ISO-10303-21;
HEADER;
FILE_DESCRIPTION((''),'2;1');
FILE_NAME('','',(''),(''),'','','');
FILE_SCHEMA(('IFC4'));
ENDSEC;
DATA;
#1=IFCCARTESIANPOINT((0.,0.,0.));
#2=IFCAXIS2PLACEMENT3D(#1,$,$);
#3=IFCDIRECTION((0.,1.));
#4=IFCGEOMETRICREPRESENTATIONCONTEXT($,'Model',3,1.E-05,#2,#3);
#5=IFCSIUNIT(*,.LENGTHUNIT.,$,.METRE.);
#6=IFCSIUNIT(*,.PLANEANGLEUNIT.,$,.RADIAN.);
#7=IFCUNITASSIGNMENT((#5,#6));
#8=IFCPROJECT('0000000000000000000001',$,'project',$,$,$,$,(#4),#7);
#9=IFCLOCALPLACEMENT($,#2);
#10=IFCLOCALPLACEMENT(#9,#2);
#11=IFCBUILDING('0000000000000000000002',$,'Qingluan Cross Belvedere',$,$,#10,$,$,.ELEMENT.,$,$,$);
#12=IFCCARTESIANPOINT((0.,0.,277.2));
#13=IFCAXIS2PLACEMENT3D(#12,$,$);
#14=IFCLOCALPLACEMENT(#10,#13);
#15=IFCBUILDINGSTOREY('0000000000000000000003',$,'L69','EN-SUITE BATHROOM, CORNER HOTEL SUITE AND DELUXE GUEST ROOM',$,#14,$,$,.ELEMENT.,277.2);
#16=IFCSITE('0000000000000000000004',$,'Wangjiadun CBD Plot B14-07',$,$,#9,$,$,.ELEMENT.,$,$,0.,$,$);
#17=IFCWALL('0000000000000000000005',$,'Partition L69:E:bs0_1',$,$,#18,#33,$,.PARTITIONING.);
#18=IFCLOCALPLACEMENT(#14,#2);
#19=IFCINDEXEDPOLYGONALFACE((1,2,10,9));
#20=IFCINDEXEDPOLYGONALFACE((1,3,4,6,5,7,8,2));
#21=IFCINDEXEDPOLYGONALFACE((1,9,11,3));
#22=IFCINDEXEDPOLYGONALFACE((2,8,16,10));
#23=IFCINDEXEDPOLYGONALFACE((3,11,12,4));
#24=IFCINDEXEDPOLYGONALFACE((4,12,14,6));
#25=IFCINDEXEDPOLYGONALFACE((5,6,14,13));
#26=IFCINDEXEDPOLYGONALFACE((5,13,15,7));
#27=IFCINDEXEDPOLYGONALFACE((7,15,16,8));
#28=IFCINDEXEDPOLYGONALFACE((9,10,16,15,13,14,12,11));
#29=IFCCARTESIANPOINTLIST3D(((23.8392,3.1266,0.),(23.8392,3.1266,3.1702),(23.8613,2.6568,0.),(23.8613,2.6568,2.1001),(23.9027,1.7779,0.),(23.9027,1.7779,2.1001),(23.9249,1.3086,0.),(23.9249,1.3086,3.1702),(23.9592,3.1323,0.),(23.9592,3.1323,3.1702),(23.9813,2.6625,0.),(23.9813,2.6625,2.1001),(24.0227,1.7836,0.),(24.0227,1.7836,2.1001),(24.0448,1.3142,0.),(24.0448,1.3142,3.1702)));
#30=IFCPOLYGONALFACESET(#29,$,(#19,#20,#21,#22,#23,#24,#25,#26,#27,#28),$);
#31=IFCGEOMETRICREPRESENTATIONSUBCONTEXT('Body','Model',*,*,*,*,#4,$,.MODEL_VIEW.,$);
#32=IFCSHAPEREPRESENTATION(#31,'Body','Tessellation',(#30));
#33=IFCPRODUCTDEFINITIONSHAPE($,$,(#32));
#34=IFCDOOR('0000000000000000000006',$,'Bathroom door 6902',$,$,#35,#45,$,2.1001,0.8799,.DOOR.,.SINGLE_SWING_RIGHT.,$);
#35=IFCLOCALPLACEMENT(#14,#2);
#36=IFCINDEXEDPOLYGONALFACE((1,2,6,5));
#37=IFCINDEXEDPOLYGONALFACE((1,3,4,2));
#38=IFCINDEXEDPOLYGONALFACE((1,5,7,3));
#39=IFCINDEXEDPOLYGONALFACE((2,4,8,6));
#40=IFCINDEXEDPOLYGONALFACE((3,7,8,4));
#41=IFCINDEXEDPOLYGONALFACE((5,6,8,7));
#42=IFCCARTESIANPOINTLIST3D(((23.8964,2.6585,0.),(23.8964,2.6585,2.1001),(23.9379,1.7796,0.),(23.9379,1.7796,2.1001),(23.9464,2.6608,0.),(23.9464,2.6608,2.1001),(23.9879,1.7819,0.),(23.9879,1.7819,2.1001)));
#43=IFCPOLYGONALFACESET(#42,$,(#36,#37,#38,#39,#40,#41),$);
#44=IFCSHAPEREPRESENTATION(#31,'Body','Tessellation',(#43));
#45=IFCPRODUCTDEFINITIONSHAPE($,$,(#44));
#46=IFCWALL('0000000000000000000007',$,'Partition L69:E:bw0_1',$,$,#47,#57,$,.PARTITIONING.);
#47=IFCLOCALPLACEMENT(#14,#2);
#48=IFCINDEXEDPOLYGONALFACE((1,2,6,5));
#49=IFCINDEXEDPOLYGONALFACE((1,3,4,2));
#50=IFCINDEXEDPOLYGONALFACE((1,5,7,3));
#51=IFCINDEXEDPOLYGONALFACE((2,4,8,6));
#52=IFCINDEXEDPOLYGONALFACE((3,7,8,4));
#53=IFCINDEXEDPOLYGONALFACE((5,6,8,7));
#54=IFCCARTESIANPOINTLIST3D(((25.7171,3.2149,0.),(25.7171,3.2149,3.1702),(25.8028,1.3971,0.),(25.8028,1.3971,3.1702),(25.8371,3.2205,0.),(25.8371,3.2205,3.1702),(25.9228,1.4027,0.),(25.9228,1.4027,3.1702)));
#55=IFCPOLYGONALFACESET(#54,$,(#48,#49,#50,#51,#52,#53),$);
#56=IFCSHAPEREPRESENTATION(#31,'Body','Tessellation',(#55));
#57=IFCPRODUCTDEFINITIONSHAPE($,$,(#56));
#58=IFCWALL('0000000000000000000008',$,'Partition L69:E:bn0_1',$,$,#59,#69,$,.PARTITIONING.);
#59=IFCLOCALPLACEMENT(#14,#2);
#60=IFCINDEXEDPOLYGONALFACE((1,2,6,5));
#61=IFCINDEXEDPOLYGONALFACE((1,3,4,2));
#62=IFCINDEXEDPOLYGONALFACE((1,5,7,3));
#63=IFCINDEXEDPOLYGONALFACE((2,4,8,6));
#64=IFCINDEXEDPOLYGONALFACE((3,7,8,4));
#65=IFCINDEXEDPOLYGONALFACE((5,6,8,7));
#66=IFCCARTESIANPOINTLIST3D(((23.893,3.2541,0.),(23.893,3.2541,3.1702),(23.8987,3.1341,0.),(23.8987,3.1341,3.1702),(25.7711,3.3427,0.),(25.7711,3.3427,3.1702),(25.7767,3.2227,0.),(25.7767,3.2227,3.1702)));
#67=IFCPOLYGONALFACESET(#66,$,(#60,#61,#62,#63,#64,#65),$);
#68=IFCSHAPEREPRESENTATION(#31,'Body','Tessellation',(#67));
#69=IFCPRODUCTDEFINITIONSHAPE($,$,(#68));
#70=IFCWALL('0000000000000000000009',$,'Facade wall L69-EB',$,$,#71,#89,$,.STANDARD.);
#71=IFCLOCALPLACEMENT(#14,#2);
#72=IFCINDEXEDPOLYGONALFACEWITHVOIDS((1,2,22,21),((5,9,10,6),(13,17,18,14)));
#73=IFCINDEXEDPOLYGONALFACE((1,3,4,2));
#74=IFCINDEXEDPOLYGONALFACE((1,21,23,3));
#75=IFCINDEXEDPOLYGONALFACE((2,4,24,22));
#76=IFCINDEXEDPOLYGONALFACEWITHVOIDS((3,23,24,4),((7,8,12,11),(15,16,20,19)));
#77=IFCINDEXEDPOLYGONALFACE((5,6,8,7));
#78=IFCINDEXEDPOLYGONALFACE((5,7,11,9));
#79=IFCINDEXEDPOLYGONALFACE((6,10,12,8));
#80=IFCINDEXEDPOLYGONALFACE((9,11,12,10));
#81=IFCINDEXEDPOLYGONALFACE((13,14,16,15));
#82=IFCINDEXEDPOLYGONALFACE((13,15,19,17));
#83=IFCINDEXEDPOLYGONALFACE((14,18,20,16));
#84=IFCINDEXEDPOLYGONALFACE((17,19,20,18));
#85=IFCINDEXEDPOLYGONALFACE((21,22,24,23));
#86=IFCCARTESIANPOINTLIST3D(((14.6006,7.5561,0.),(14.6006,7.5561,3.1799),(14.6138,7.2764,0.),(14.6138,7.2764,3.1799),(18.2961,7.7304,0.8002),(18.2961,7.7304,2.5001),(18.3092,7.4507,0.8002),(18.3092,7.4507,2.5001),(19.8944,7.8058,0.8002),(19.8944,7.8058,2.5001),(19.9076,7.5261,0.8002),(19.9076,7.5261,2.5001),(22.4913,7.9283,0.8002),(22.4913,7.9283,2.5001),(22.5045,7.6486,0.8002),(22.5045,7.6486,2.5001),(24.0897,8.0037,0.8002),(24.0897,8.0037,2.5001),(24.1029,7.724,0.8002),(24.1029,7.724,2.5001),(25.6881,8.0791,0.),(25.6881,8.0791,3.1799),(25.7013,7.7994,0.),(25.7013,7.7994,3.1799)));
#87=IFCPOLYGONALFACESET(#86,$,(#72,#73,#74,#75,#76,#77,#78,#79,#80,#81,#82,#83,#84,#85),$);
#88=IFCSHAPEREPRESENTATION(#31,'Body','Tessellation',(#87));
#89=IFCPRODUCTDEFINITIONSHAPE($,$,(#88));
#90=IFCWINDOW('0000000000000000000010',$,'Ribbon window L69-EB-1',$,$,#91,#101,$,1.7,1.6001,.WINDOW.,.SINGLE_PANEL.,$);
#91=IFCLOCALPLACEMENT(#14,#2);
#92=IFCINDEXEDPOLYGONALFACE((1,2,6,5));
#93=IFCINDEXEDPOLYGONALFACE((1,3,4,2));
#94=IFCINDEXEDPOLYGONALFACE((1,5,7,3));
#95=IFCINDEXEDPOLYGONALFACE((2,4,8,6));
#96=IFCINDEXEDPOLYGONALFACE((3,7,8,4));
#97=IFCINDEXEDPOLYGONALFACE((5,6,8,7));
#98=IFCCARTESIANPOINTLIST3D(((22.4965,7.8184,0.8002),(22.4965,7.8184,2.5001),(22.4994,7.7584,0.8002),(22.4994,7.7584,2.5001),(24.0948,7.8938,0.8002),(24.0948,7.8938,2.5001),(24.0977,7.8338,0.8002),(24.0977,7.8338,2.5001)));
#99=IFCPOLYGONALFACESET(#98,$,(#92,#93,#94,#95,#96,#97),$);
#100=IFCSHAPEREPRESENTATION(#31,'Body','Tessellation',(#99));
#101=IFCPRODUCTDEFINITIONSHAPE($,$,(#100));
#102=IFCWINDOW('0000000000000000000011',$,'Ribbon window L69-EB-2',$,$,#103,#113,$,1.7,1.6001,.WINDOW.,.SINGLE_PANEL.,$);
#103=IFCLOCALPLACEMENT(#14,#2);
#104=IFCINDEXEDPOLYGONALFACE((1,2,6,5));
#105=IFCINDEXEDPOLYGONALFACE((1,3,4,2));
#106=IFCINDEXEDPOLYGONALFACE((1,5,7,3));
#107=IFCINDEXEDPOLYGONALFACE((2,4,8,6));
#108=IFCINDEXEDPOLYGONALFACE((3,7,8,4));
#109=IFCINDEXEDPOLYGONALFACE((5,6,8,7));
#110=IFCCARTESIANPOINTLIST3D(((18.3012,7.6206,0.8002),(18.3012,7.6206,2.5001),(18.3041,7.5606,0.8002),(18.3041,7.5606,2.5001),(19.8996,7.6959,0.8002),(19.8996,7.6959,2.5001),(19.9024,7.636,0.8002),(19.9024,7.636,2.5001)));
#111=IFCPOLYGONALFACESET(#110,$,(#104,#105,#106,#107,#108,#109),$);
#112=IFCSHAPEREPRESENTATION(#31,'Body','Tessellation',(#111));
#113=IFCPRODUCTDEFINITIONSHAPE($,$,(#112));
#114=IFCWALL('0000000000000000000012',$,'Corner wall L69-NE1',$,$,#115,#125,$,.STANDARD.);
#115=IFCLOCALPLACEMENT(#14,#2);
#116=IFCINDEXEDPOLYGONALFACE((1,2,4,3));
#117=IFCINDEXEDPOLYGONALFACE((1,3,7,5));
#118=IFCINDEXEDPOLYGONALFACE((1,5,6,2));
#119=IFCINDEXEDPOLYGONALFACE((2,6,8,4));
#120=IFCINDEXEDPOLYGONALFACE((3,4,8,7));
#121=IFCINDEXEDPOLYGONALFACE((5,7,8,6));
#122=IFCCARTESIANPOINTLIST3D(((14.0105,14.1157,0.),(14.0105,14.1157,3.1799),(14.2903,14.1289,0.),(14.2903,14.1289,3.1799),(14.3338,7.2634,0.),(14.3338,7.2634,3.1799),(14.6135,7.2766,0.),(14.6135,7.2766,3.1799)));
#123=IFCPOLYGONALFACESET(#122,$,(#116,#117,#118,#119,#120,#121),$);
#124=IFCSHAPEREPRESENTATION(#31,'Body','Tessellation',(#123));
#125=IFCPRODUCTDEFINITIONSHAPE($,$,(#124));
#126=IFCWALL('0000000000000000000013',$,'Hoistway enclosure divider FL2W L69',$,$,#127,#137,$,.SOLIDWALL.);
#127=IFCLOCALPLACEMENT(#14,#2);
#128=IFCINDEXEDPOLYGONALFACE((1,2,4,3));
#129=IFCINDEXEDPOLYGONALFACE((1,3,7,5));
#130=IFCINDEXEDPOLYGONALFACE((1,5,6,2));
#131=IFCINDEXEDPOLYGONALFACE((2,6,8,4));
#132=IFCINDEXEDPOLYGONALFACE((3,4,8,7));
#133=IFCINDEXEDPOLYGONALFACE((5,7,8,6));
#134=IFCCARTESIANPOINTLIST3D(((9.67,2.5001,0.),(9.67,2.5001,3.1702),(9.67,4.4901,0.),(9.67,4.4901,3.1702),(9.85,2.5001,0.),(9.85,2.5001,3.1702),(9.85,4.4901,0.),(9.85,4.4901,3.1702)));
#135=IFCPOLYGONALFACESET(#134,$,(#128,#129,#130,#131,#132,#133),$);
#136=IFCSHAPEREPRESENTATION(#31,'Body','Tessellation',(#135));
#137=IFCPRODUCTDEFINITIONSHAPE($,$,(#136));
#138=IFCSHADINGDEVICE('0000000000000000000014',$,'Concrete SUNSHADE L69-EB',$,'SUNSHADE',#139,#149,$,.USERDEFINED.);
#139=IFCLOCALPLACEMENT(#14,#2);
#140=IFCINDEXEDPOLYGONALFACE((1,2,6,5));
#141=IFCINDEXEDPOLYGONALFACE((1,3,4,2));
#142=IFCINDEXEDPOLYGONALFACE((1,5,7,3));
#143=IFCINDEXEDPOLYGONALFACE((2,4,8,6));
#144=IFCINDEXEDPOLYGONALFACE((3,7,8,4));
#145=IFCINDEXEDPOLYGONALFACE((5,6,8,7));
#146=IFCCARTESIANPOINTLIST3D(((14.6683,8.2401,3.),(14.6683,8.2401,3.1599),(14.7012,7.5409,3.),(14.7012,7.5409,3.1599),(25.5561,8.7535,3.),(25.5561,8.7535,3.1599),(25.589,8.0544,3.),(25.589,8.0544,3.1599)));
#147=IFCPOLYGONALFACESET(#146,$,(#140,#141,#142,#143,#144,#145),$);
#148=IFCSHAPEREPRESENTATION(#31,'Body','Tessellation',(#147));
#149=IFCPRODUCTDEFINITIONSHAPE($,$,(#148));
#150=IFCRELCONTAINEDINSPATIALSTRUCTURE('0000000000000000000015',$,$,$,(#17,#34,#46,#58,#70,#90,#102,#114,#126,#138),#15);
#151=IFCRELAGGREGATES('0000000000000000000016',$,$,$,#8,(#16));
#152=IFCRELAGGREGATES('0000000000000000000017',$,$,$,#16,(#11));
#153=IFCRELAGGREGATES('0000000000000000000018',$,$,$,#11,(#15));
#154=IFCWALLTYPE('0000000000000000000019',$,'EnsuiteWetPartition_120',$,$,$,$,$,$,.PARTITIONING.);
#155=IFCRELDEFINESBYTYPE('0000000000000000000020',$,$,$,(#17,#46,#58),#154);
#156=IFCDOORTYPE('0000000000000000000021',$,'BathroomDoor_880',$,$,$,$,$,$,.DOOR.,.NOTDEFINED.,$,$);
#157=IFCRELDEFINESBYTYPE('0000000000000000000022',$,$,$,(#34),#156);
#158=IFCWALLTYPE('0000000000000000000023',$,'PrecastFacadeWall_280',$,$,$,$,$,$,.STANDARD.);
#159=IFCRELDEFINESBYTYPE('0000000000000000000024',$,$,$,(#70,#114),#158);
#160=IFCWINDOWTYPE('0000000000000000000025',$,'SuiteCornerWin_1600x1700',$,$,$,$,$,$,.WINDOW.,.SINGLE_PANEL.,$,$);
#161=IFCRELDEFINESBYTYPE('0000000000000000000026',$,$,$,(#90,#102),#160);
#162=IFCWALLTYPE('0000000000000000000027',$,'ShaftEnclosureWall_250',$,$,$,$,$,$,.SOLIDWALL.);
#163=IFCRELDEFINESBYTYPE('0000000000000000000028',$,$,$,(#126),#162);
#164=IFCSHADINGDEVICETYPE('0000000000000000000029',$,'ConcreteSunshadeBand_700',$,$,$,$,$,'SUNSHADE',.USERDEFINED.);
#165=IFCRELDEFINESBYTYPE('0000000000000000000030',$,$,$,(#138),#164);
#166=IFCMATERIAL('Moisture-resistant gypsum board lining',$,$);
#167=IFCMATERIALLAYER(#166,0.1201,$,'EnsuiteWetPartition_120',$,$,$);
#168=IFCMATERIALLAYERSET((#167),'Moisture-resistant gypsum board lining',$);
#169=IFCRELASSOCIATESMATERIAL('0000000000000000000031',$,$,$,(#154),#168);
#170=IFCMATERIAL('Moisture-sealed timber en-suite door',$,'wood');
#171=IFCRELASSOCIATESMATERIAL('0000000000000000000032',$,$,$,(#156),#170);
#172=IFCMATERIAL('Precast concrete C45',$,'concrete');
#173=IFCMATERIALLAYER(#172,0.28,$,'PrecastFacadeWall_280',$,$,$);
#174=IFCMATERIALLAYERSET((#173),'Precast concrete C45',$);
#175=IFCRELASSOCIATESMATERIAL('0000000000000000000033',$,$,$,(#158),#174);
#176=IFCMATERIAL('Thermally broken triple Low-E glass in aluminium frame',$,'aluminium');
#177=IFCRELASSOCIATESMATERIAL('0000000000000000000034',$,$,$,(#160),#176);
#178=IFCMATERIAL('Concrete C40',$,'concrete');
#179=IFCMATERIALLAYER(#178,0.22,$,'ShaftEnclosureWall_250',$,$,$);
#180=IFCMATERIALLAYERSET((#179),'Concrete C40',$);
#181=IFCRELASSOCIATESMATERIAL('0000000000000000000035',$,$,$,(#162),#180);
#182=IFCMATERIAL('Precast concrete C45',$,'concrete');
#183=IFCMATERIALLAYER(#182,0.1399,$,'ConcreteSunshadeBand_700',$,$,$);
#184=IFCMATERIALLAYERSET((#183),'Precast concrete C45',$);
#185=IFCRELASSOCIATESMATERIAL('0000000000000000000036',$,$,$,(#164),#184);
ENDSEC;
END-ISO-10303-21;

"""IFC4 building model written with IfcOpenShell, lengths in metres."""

from ifc_helpers import new_model, si_unit, direction, frame, frame_2d, origin, origin_2d, place, context, subcontext, project, spatial, rectangle, extrude, material, layer, layer_set, type_object, element, fill, save


model = new_model("IFC4")

# Units and contexts
model_context = context("Model", 3, precision=1e-05, world=origin(), true_north=direction((0.0, 1.0)))
body_context = subcontext(model_context, "Body", "Model", "MODEL_VIEW")
ifc_project = project(units=[si_unit("LENGTHUNIT", "METRE"), si_unit("PLANEANGLEUNIT", "RADIAN")], contexts=[model_context])

# Site, building, storey
site_placement = place(None, origin())
site = spatial("IfcSite", under=ifc_project, at=site_placement, Name="Wangjiadun CBD Plot B14-07", CompositionType="ELEMENT", RefElevation=0.0)
building_placement = place(site_placement, origin())
building = spatial("IfcBuilding", under=site, at=building_placement, Name="Qingluan Cross Belvedere", CompositionType="ELEMENT")
storey_placement = place(building_placement, frame((0.0, 0.0, 277.2)))
storey = spatial("IfcBuildingStorey", under=building, at=storey_placement, Name="L69", Description="EN-SUITE BATHROOM, CORNER HOTEL SUITE AND DELUXE GUEST ROOM", CompositionType="ELEMENT", Elevation=277.2)

# Shared definitions
ifc_material_1 = material(Name="Moisture-resistant gypsum board lining")
ifc_layer_1 = layer(ifc_material_1, 0.1201, Name="EnsuiteWetPartition_120")
ifc_layer_set_1 = layer_set([ifc_layer_1], Name="Moisture-resistant gypsum board lining")
wall_type_1 = type_object("IfcWallType", Name="EnsuiteWetPartition_120", PredefinedType="PARTITIONING", material=ifc_layer_set_1)
ifc_material_2 = material(Name="Moisture-sealed timber en-suite door", Category="wood")
door_type_1 = type_object("IfcDoorType", Name="BathroomDoor_880", OperationType="NOTDEFINED", PredefinedType="DOOR", material=ifc_material_2)

# Wall, opening, door
wall_1_placement = place(storey_placement, frame((23.9849, 1.3113, 0.0), z_axis=(0.0, 0.0, 1.0), x_axis=(-0.047081, 0.998891, 0.0)))
wall_1 = element("IfcWall", 1, at=wall_1_placement, inside=storey, type_object=wall_type_1, Name="Partition L69:E:bs0_1", PredefinedType="PARTITIONING", context=body_context, shape_type="SweptSolid", body=[
    extrude(rectangle(XDim=1.8201, YDim=0.1201, at=frame_2d((0.9102, 0.0))), origin(), (0.0, 0.0, 1.0), 3.1702),
])
opening_1_placement = place(wall_1_placement, frame((0.47, 0.0, 0.0)))
opening_1 = element("IfcOpeningElement", 2, at=opening_1_placement, cuts=wall_1, PredefinedType="OPENING", context=body_context, shape_type="SweptSolid", body=[
    extrude(rectangle(XDim=0.8799, YDim=2.1001, at=frame_2d((0.4399, 1.05))), frame((0.0, 0.0701, 0.0), z_axis=(0.0, -1.0, 0.0), x_axis=(1.0, 0.0, 0.0)), (0.0, 0.0, 1.0), 0.1401),
])
door_1_placement = place(opening_1_placement, origin())
door_1 = element("IfcDoor", 3, at=door_1_placement, inside=storey, type_object=door_type_1, Name="Bathroom door 6902", OperationType="SINGLE_SWING_RIGHT", OverallHeight=2.1001, OverallWidth=0.8799, PredefinedType="DOOR", context=body_context, shape_type="SweptSolid", body=[
    extrude(rectangle(XDim=0.8799, YDim=2.1001, at=frame_2d((0.4399, 1.05))), frame((0.0, 0.0249, 0.0), z_axis=(0.0, -1.0, 0.0), x_axis=(1.0, 0.0, 0.0)), (0.0, 0.0, 1.0), 0.05),
])
fill(opening_1, door_1)

# Walls
wall_2_placement = place(storey_placement, frame((25.8628, 1.3999, 0.0), z_axis=(0.0, 0.0, 1.0), x_axis=(-0.047087, 0.998891, 0.0)))
element("IfcWall", 4, at=wall_2_placement, inside=storey, type_object=wall_type_1, Name="Partition L69:E:bw0_1", PredefinedType="PARTITIONING", context=body_context, shape_type="SweptSolid", body=[
    extrude(rectangle(XDim=1.8198, YDim=0.1201, at=frame_2d((0.9099, 0.0))), origin(), (0.0, 0.0, 1.0), 3.1702),
])
wall_3_placement = place(storey_placement, frame((23.896, 3.1941, 0.0), z_axis=(0.0, 0.0, 1.0), x_axis=(0.998888, 0.047139, 0.0)))
element("IfcWall", 5, at=wall_3_placement, inside=storey, type_object=wall_type_1, Name="Partition L69:E:bn0_1", PredefinedType="PARTITIONING", context=body_context, shape_type="SweptSolid", body=[
    extrude(rectangle(XDim=1.8801, YDim=0.1201, at=frame_2d((0.9399, 0.0))), origin(), (0.0, 0.0, 1.0), 3.1702),
])

# Wall, openings, windows
ifc_material_3 = material(Name="Precast concrete C45", Category="concrete")
ifc_layer_2 = layer(ifc_material_3, 0.28, Name="PrecastFacadeWall_280")
ifc_layer_set_2 = layer_set([ifc_layer_2], Name="Precast concrete C45")
wall_type_2 = type_object("IfcWallType", Name="PrecastFacadeWall_280", PredefinedType="STANDARD", material=ifc_layer_set_2)
wall_4_placement = place(storey_placement, frame((25.6946, 7.9392, 0.0), z_axis=(0.0, 0.0, 1.0), x_axis=(-0.99889, -0.047113, 0.0)))
wall_4 = element("IfcWall", 6, at=wall_4_placement, inside=storey, type_object=wall_type_2, Name="Facade wall L69-EB", PredefinedType="STANDARD", context=body_context, shape_type="SweptSolid", body=[
    extrude(rectangle(XDim=11.0999, YDim=0.28, at=frame_2d((5.5498, 0.0))), origin(), (0.0, 0.0, 1.0), 3.1799),
])
opening_2_placement = place(wall_4_placement, frame((1.6001, 0.0, 0.8)))
opening_2 = element("IfcOpeningElement", 7, at=opening_2_placement, cuts=wall_4, PredefinedType="OPENING", context=body_context, shape_type="SweptSolid", body=[
    extrude(rectangle(XDim=1.6001, YDim=1.7, at=frame_2d((0.8, 0.8501))), frame((0.0, 0.1499, 0.0), z_axis=(0.0, -1.0, 0.0), x_axis=(1.0, 0.0, 0.0)), (0.0, 0.0, 1.0), 0.3),
])
opening_3_placement = place(wall_4_placement, frame((5.8, 0.0, 0.8)))
opening_3 = element("IfcOpeningElement", 8, at=opening_3_placement, cuts=wall_4, PredefinedType="OPENING", context=body_context, shape_type="SweptSolid", body=[
    extrude(rectangle(XDim=1.6001, YDim=1.7, at=frame_2d((0.8, 0.8501))), frame((0.0, 0.1499, 0.0), z_axis=(0.0, -1.0, 0.0), x_axis=(1.0, 0.0, 0.0)), (0.0, 0.0, 1.0), 0.3),
])
ifc_material_4 = material(Name="Thermally broken triple Low-E glass in aluminium frame", Category="aluminium")
window_type = type_object("IfcWindowType", Name="SuiteCornerWin_1600x1700", PartitioningType="SINGLE_PANEL", PredefinedType="WINDOW", material=ifc_material_4)
window_1_placement = place(opening_2_placement, origin())
window_1 = element("IfcWindow", 9, at=window_1_placement, inside=storey, type_object=window_type, Name="Ribbon window L69-EB-1", OverallHeight=1.7, OverallWidth=1.6001, PartitioningType="SINGLE_PANEL", PredefinedType="WINDOW", context=body_context, shape_type="SweptSolid", body=[
    extrude(rectangle(XDim=1.6001, YDim=1.7, at=frame_2d((0.8, 0.8501))), frame((0.0, 0.03, 0.0), z_axis=(0.0, -1.0, 0.0), x_axis=(1.0, 0.0, 0.0)), (0.0, 0.0, 1.0), 0.0601),
])
fill(opening_2, window_1)
window_2_placement = place(opening_3_placement, origin())
window_2 = element("IfcWindow", 10, at=window_2_placement, inside=storey, type_object=window_type, Name="Ribbon window L69-EB-2", OverallHeight=1.7, OverallWidth=1.6001, PartitioningType="SINGLE_PANEL", PredefinedType="WINDOW", context=body_context, shape_type="SweptSolid", body=[
    extrude(rectangle(XDim=1.6001, YDim=1.7, at=frame_2d((0.8, 0.8501))), frame((0.0, 0.03, 0.0), z_axis=(0.0, -1.0, 0.0), x_axis=(1.0, 0.0, 0.0)), (0.0, 0.0, 1.0), 0.0601),
])
fill(opening_3, window_2)

# Walls
wall_5_placement = place(storey_placement, frame((14.4736, 7.27, 0.0), z_axis=(0.0, 0.0, 1.0), x_axis=(-0.04712, 0.998889, 0.0)))
element("IfcWall", 11, at=wall_5_placement, inside=storey, type_object=wall_type_2, Name="Corner wall L69-NE1", PredefinedType="STANDARD", context=body_context, shape_type="SweptSolid", body=[
    extrude(rectangle(XDim=6.8599, YDim=0.28, at=frame_2d((3.4299, 0.0))), origin(), (0.0, 0.0, 1.0), 3.1799),
])
ifc_material_5 = material(Name="Concrete C40", Category="concrete")
ifc_layer_3 = layer(ifc_material_5, 0.22, Name="ShaftEnclosureWall_250")
ifc_layer_set_3 = layer_set([ifc_layer_3], Name="Concrete C40")
wall_type_3 = type_object("IfcWallType", Name="ShaftEnclosureWall_250", PredefinedType="SOLIDWALL", material=ifc_layer_set_3)
wall_6_placement = place(storey_placement, frame((9.76, 2.5, 0.0), z_axis=(0.0, 0.0, 1.0), x_axis=(0.0, 1.0, 0.0)))
element("IfcWall", 12, at=wall_6_placement, inside=storey, type_object=wall_type_3, Name="Hoistway enclosure divider FL2W L69", PredefinedType="SOLIDWALL", context=body_context, shape_type="SweptSolid", body=[
    extrude(rectangle(XDim=1.99, YDim=0.1799, at=frame_2d((0.9951, 0.0))), origin(), (0.0, 0.0, 1.0), 3.1702),
])

# Shading device
ifc_material_6 = material(Name="Precast concrete C45", Category="concrete")
ifc_layer_4 = layer(ifc_material_6, 0.1399, Name="ConcreteSunshadeBand_700")
ifc_layer_set_4 = layer_set([ifc_layer_4], Name="Precast concrete C45")
shading_device_type = type_object("IfcShadingDeviceType", Name="ConcreteSunshadeBand_700", ElementType="SUNSHADE", PredefinedType="USERDEFINED", material=ifc_layer_set_4)
shading_device_placement = place(storey_placement, frame((20.1287, 8.1472, 3.0), z_axis=(0.0, 0.0, 1.0), x_axis=(-0.99889, -0.047108, 0.0)))
element("IfcShadingDevice", 13, at=shading_device_placement, inside=storey, type_object=shading_device_type, Name="Concrete SUNSHADE L69-EB", ObjectType="SUNSHADE", PredefinedType="USERDEFINED", context=body_context, shape_type="SweptSolid", body=[
    extrude(rectangle(XDim=10.8999, YDim=0.7, at=origin_2d()), origin(), (0.0, 0.0, 1.0), 0.1599),
])

save(model, "model.ifc")
